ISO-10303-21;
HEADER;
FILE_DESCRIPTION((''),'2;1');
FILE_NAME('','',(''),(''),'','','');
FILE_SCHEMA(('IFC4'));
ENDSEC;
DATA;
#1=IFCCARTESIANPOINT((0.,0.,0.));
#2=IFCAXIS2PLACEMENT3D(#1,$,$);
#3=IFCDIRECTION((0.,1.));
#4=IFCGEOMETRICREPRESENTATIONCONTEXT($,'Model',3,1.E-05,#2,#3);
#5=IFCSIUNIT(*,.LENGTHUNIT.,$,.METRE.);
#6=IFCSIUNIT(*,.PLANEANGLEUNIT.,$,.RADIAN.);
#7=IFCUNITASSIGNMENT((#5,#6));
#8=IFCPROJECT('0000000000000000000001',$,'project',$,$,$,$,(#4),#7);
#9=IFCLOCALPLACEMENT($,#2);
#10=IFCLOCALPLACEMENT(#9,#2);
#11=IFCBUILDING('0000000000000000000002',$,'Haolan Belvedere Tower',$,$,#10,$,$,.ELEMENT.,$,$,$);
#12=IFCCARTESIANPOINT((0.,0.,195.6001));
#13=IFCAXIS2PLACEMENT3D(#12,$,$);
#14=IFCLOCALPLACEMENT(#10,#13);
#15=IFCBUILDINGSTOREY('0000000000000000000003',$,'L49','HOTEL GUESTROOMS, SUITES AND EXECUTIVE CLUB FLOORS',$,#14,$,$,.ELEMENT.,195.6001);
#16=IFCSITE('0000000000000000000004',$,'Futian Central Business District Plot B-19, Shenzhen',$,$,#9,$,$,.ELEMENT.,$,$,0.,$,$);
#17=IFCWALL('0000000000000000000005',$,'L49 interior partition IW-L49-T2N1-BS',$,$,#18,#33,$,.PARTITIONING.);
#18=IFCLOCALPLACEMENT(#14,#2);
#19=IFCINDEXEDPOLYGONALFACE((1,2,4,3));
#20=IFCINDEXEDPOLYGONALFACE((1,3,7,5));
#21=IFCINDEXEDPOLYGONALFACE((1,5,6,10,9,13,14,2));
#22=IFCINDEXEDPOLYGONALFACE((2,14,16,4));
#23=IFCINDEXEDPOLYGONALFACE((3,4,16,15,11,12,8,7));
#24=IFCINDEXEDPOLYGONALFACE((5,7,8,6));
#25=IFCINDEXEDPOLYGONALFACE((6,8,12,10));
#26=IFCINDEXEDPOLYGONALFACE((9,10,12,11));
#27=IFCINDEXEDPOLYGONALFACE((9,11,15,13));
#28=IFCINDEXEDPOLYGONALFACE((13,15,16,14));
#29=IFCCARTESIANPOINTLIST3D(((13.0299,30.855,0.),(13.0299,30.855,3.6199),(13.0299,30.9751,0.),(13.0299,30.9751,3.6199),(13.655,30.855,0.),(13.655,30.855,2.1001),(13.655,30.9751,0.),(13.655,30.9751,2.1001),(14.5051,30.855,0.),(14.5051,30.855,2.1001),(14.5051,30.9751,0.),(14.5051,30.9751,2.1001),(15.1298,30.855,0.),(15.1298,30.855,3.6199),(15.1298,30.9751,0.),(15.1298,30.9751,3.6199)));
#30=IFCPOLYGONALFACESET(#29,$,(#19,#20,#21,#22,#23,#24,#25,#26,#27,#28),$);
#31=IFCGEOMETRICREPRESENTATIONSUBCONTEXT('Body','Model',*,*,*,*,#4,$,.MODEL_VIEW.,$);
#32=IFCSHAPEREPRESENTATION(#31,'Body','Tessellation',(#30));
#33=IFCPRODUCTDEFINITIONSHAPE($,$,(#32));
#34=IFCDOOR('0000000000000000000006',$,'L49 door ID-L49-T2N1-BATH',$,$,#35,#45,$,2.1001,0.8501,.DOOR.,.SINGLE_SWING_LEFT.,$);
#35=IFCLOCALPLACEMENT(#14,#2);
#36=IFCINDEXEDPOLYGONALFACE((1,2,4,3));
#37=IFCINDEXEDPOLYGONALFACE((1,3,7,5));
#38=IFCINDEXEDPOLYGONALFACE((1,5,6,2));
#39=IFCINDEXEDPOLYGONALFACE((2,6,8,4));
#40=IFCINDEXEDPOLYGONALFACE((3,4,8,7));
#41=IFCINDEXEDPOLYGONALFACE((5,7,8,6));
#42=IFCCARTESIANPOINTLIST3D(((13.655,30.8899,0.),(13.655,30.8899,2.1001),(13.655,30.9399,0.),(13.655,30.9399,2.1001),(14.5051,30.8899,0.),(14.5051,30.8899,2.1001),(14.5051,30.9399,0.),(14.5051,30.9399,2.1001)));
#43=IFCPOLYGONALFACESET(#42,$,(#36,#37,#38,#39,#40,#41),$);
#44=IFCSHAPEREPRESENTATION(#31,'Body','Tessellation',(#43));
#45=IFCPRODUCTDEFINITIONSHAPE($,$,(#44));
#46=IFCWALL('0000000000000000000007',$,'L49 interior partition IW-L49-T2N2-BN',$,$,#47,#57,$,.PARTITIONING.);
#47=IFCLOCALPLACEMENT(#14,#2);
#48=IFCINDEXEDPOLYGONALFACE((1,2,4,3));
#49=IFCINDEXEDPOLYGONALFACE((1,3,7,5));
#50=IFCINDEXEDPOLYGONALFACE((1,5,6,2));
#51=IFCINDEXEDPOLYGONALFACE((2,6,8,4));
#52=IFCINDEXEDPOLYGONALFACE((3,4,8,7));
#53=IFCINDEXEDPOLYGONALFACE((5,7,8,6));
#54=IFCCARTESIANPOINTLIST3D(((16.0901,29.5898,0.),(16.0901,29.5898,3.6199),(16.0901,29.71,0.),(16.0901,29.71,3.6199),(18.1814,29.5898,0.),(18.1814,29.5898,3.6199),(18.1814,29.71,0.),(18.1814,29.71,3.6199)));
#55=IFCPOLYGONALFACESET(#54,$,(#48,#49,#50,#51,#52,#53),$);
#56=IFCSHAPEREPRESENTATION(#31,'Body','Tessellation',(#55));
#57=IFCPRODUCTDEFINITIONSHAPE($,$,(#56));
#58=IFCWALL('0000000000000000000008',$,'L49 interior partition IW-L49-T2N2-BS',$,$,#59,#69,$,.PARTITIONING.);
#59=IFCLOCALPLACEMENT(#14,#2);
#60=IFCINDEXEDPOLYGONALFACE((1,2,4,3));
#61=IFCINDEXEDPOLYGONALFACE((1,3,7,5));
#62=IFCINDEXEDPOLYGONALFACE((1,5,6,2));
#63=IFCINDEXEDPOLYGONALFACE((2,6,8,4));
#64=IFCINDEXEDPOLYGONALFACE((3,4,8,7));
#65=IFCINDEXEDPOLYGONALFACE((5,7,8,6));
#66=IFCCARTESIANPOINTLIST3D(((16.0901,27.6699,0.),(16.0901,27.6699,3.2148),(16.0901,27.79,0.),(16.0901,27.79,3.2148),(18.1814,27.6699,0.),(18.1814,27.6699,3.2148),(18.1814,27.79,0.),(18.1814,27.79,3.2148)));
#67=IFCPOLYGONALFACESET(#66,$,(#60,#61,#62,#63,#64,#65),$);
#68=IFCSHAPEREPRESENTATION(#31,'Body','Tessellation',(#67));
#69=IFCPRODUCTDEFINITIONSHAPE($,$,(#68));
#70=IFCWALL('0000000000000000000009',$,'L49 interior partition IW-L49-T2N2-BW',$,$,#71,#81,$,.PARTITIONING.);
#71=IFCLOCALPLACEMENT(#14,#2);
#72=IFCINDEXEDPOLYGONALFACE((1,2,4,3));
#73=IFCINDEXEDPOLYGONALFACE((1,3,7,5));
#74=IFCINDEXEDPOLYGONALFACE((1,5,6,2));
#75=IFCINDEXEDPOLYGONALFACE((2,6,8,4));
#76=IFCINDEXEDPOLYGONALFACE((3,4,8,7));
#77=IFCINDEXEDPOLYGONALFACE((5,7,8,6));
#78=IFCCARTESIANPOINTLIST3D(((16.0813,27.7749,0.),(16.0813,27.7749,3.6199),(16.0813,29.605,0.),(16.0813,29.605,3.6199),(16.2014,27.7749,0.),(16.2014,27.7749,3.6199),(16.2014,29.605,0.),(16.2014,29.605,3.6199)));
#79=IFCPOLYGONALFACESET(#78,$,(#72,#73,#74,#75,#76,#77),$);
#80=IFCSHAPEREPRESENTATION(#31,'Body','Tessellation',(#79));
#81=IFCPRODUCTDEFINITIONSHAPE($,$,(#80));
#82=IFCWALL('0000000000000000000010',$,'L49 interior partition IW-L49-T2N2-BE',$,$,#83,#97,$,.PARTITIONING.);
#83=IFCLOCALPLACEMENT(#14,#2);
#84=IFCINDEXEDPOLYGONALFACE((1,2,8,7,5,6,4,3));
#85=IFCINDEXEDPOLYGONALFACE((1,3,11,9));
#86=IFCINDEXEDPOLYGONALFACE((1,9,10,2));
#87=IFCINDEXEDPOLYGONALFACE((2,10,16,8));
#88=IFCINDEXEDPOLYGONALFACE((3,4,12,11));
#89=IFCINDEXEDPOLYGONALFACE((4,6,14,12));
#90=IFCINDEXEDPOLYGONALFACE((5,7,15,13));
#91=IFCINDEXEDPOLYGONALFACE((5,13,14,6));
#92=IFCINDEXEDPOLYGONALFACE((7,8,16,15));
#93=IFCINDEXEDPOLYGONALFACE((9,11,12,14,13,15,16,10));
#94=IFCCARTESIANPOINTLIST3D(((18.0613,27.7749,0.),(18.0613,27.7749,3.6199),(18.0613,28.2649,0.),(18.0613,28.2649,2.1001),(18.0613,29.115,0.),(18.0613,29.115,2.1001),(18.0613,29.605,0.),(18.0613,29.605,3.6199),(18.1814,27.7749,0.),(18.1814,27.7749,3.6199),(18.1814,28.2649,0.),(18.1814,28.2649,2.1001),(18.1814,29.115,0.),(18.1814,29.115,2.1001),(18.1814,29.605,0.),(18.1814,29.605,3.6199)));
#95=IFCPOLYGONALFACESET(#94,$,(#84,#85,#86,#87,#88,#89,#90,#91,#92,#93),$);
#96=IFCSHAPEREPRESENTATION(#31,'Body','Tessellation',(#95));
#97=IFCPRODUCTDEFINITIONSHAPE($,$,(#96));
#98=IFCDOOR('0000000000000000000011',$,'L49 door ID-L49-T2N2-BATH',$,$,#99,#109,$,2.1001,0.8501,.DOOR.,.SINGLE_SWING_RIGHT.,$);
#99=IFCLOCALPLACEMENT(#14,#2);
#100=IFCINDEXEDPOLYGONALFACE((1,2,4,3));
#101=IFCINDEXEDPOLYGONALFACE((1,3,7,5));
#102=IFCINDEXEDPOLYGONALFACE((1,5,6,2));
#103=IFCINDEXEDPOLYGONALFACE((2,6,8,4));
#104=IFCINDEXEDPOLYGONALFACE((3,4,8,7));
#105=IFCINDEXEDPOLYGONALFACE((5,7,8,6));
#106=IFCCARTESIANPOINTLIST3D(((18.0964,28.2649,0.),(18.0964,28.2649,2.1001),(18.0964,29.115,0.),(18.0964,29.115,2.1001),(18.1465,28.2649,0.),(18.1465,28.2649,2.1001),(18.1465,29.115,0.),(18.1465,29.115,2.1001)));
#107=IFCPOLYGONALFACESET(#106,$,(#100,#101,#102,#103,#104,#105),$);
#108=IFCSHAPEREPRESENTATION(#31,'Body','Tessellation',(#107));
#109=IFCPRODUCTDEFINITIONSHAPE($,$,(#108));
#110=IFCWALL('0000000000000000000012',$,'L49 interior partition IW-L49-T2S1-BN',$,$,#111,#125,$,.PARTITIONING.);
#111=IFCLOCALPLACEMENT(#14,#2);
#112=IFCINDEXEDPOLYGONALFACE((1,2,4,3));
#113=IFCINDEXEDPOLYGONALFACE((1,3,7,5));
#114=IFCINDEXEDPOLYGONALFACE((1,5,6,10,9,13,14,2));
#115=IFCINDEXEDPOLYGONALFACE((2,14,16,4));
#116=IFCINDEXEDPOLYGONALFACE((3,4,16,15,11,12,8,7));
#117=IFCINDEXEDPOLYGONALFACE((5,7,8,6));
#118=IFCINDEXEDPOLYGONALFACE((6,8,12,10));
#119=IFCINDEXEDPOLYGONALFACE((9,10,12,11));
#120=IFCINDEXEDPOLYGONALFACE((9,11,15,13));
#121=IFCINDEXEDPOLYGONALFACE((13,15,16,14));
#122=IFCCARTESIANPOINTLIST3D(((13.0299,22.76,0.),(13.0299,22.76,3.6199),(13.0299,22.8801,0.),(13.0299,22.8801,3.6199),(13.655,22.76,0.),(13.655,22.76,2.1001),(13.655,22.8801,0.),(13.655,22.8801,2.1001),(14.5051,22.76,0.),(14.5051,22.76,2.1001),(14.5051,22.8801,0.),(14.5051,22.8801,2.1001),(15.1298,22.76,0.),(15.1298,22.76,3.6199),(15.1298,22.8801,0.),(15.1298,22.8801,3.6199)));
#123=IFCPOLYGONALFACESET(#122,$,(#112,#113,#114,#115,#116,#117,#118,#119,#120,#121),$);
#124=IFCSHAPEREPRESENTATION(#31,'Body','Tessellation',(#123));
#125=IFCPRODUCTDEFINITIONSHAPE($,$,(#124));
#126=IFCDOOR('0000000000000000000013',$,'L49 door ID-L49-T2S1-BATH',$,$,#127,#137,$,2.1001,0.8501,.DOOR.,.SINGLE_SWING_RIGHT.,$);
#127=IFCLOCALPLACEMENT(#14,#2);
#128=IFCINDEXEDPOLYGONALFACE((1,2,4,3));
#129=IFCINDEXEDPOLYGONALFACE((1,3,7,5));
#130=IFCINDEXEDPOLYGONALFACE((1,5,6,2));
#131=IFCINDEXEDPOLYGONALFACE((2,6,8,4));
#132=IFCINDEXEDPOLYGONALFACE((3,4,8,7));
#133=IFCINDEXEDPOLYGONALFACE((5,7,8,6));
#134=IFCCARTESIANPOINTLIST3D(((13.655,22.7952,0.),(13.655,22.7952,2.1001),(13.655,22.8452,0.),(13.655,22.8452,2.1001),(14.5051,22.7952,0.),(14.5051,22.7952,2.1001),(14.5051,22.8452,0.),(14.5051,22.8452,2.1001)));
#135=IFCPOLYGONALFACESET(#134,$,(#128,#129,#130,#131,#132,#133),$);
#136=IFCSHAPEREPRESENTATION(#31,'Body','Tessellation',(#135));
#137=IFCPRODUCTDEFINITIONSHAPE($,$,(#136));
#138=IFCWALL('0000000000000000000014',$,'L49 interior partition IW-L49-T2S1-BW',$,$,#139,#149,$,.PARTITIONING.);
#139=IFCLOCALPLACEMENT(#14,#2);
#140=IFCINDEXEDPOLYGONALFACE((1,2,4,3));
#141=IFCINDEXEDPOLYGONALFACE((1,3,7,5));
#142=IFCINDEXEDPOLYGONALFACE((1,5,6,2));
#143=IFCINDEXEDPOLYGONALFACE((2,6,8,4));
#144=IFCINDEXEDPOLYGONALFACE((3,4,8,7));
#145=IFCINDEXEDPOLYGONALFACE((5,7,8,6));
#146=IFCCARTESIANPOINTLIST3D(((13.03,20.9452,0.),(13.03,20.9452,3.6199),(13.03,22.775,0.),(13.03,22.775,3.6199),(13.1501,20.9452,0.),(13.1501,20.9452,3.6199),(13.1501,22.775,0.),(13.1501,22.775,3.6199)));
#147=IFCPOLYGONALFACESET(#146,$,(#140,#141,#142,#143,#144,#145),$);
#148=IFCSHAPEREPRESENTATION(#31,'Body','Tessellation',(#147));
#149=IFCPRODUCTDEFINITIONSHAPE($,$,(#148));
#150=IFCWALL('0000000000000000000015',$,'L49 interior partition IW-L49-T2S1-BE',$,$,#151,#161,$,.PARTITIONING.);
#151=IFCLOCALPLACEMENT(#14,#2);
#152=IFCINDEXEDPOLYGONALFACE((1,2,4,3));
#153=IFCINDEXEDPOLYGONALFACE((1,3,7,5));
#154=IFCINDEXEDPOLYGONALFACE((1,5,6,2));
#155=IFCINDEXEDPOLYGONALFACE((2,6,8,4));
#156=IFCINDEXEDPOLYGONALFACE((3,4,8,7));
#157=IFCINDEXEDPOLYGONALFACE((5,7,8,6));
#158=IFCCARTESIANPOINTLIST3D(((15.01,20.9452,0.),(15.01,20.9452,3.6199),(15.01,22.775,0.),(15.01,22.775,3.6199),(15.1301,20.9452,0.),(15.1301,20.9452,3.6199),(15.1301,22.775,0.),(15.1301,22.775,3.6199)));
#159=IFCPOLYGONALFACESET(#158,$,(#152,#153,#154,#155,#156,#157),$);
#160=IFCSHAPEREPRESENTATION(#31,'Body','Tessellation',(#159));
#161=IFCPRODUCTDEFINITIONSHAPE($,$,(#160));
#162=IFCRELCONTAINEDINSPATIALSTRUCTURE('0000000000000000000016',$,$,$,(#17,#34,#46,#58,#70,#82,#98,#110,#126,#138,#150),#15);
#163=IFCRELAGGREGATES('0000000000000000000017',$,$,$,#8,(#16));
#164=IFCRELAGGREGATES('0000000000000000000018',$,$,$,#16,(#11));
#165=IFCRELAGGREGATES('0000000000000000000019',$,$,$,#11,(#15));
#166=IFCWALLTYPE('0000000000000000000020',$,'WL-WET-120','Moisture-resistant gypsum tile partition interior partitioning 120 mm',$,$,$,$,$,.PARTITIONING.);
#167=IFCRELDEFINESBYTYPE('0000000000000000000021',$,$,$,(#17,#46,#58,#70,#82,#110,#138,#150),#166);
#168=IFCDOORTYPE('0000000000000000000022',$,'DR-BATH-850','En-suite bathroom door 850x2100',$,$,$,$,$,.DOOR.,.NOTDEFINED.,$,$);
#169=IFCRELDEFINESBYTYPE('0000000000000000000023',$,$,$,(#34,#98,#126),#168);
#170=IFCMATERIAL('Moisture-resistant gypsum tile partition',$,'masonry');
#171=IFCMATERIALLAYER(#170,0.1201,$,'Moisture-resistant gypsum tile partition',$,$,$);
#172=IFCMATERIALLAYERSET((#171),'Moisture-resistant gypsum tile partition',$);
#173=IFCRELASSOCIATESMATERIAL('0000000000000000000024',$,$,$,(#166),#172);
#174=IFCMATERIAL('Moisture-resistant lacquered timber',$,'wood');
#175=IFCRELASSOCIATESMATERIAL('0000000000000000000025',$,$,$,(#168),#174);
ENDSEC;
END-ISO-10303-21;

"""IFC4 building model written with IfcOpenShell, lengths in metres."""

from ifc_helpers import new_model, si_unit, direction, frame, frame_2d, origin, place, context, subcontext, project, spatial, rectangle, extrude, material, layer, layer_set, type_object, element, fill, save


model = new_model("IFC4")

# Units and contexts
model_context = context("Model", 3, precision=1e-05, world=origin(), true_north=direction((0.0, 1.0)))
body_context = subcontext(model_context, "Body", "Model", "MODEL_VIEW")
ifc_project = project(units=[si_unit("LENGTHUNIT", "METRE"), si_unit("PLANEANGLEUNIT", "RADIAN")], contexts=[model_context])

# Site, building, storey
site_placement = place(None, origin())
site = spatial("IfcSite", under=ifc_project, at=site_placement, Name="Futian Central Business District Plot B-19, Shenzhen", CompositionType="ELEMENT", RefElevation=0.0)
building_placement = place(site_placement, origin())
building = spatial("IfcBuilding", under=site, at=building_placement, Name="Haolan Belvedere Tower", CompositionType="ELEMENT")
storey_placement = place(building_placement, frame((0.0, 0.0, 195.6001)))
storey = spatial("IfcBuildingStorey", under=building, at=storey_placement, Name="L49", Description="HOTEL GUESTROOMS, SUITES AND EXECUTIVE CLUB FLOORS", CompositionType="ELEMENT", Elevation=195.6001)

# Wall, opening, door
ifc_material_1 = material(Name="Moisture-resistant gypsum tile partition", Category="masonry")
ifc_layer_1 = layer(ifc_material_1, 0.1201, Name="Moisture-resistant gypsum tile partition")
ifc_layer_set_1 = layer_set([ifc_layer_1], Name="Moisture-resistant gypsum tile partition")
wall_type_1 = type_object("IfcWallType", Name="WL-WET-120", Description="Moisture-resistant gypsum tile partition interior partitioning 120 mm", PredefinedType="PARTITIONING", material=ifc_layer_set_1)
wall_1_placement = place(storey_placement, frame((13.03, 30.915, 0.0), z_axis=(0.0, 0.0, 1.0), x_axis=(1.0, 0.0, 0.0)))
wall_1 = element("IfcWall", 1, at=wall_1_placement, inside=storey, type_object=wall_type_1, Name="L49 interior partition IW-L49-T2N1-BS", PredefinedType="PARTITIONING", context=body_context, shape_type="SweptSolid", body=[
    extrude(rectangle(XDim=2.0999, YDim=0.1201, at=frame_2d((1.0498, 0.0))), origin(), (0.0, 0.0, 1.0), 3.6199),
])
opening_1_placement = place(wall_1_placement, frame((0.625, 0.0, 0.0)))
opening_1 = element("IfcOpeningElement", 2, at=opening_1_placement, cuts=wall_1, PredefinedType="OPENING", context=body_context, shape_type="SweptSolid", body=[
    extrude(rectangle(XDim=0.8501, YDim=2.1001, at=frame_2d((0.425, 1.05))), frame((0.0, 0.0701, 0.0), z_axis=(0.0, -1.0, 0.0), x_axis=(1.0, 0.0, 0.0)), (0.0, 0.0, 1.0), 0.1401),
])
ifc_material_2 = material(Name="Moisture-resistant lacquered timber", Category="wood")
door_type_1 = type_object("IfcDoorType", Name="DR-BATH-850", Description="En-suite bathroom door 850x2100", OperationType="NOTDEFINED", PredefinedType="DOOR", material=ifc_material_2)
door_1_placement = place(opening_1_placement, origin())
door_1 = element("IfcDoor", 3, at=door_1_placement, inside=storey, type_object=door_type_1, Name="L49 door ID-L49-T2N1-BATH", OperationType="SINGLE_SWING_LEFT", OverallHeight=2.1001, OverallWidth=0.8501, PredefinedType="DOOR", context=body_context, shape_type="SweptSolid", body=[
    extrude(rectangle(XDim=0.8501, YDim=2.1001, at=frame_2d((0.425, 1.05))), frame((0.0, 0.0249, 0.0), z_axis=(0.0, -1.0, 0.0), x_axis=(1.0, 0.0, 0.0)), (0.0, 0.0, 1.0), 0.05),
])
fill(opening_1, door_1)

# Walls
wall_2_placement = place(storey_placement, frame((16.0901, 29.6499, 0.0), z_axis=(0.0, 0.0, 1.0), x_axis=(1.0, 0.0, 0.0)))
element("IfcWall", 4, at=wall_2_placement, inside=storey, type_object=wall_type_1, Name="L49 interior partition IW-L49-T2N2-BN", PredefinedType="PARTITIONING", context=body_context, shape_type="SweptSolid", body=[
    extrude(rectangle(XDim=2.0913, YDim=0.1201, at=frame_2d((1.0457, 0.0))), origin(), (0.0, 0.0, 1.0), 3.6199),
])
wall_3_placement = place(storey_placement, frame((16.0901, 27.73, 0.0), z_axis=(0.0, 0.0, 1.0), x_axis=(1.0, 0.0, 0.0)))
element("IfcWall", 5, at=wall_3_placement, inside=storey, type_object=wall_type_1, Name="L49 interior partition IW-L49-T2N2-BS", PredefinedType="PARTITIONING", context=body_context, shape_type="SweptSolid", body=[
    extrude(rectangle(XDim=2.0913, YDim=0.1201, at=frame_2d((1.0457, 0.0))), origin(), (0.0, 0.0, 1.0), 3.2148),
])
wall_4_placement = place(storey_placement, frame((16.1414, 27.7749, 0.0), z_axis=(0.0, 0.0, 1.0), x_axis=(0.0, 1.0, 0.0)))
element("IfcWall", 6, at=wall_4_placement, inside=storey, type_object=wall_type_1, Name="L49 interior partition IW-L49-T2N2-BW", PredefinedType="PARTITIONING", context=body_context, shape_type="SweptSolid", body=[
    extrude(rectangle(XDim=1.8301, YDim=0.1201, at=frame_2d((0.915, 0.0))), origin(), (0.0, 0.0, 1.0), 3.6199),
])

# Walls, openings, doors
wall_5_placement = place(storey_placement, frame((18.1213, 27.7749, 0.0), z_axis=(0.0, 0.0, 1.0), x_axis=(0.0, 1.0, 0.0)))
wall_5 = element("IfcWall", 7, at=wall_5_placement, inside=storey, type_object=wall_type_1, Name="L49 interior partition IW-L49-T2N2-BE", PredefinedType="PARTITIONING", context=body_context, shape_type="SweptSolid", body=[
    extrude(rectangle(XDim=1.8301, YDim=0.1201, at=frame_2d((0.915, 0.0))), origin(), (0.0, 0.0, 1.0), 3.6199),
])
opening_2_placement = place(wall_5_placement, frame((0.49, 0.0, 0.0)))
opening_2 = element("IfcOpeningElement", 8, at=opening_2_placement, cuts=wall_5, PredefinedType="OPENING", context=body_context, shape_type="SweptSolid", body=[
    extrude(rectangle(XDim=0.8501, YDim=2.1001, at=frame_2d((0.425, 1.05))), frame((0.0, 0.0701, 0.0), z_axis=(0.0, -1.0, 0.0), x_axis=(1.0, 0.0, 0.0)), (0.0, 0.0, 1.0), 0.1401),
])
door_2_placement = place(opening_2_placement, origin())
door_2 = element("IfcDoor", 9, at=door_2_placement, inside=storey, type_object=door_type_1, Name="L49 door ID-L49-T2N2-BATH", OperationType="SINGLE_SWING_RIGHT", OverallHeight=2.1001, OverallWidth=0.8501, PredefinedType="DOOR", context=body_context, shape_type="SweptSolid", body=[
    extrude(rectangle(XDim=0.8501, YDim=2.1001, at=frame_2d((0.425, 1.05))), frame((0.0, 0.0249, 0.0), z_axis=(0.0, -1.0, 0.0), x_axis=(1.0, 0.0, 0.0)), (0.0, 0.0, 1.0), 0.05),
])
fill(opening_2, door_2)
wall_6_placement = place(storey_placement, frame((13.03, 22.8201, 0.0), z_axis=(0.0, 0.0, 1.0), x_axis=(1.0, 0.0, 0.0)))
wall_6 = element("IfcWall", 10, at=wall_6_placement, inside=storey, type_object=wall_type_1, Name="L49 interior partition IW-L49-T2S1-BN", PredefinedType="PARTITIONING", context=body_context, shape_type="SweptSolid", body=[
    extrude(rectangle(XDim=2.0999, YDim=0.1201, at=frame_2d((1.0498, 0.0))), origin(), (0.0, 0.0, 1.0), 3.6199),
])
opening_3_placement = place(wall_6_placement, frame((1.4751, 0.0, 0.0), z_axis=(0.0, 0.0, 1.0), x_axis=(-1.0, 0.0, 0.0)))
opening_3 = element("IfcOpeningElement", 11, at=opening_3_placement, cuts=wall_6, PredefinedType="OPENING", context=body_context, shape_type="SweptSolid", body=[
    extrude(rectangle(XDim=0.8501, YDim=2.1001, at=frame_2d((0.425, 1.05))), frame((0.0, 0.0701, 0.0), z_axis=(0.0, -1.0, 0.0), x_axis=(1.0, 0.0, 0.0)), (0.0, 0.0, 1.0), 0.1401),
])
door_3_placement = place(opening_3_placement, origin())
door_3 = element("IfcDoor", 12, at=door_3_placement, inside=storey, type_object=door_type_1, Name="L49 door ID-L49-T2S1-BATH", OperationType="SINGLE_SWING_RIGHT", OverallHeight=2.1001, OverallWidth=0.8501, PredefinedType="DOOR", context=body_context, shape_type="SweptSolid", body=[
    extrude(rectangle(XDim=0.8501, YDim=2.1001, at=frame_2d((0.425, 1.05))), frame((0.0, 0.0249, 0.0), z_axis=(0.0, -1.0, 0.0), x_axis=(1.0, 0.0, 0.0)), (0.0, 0.0, 1.0), 0.05),
])
fill(opening_3, door_3)

# Walls
for number, where, z_axis, x_axis, name in (
    (13, (13.0901, 20.9451, 0.0), (0.0, 0.0, 1.0), (0.0, 1.0, 0.0), "L49 interior partition IW-L49-T2S1-BW"),
    (14, (15.0701, 20.9451, 0.0), (0.0, 0.0, 1.0), (0.0, 1.0, 0.0), "L49 interior partition IW-L49-T2S1-BE"),
):
    element("IfcWall", number, at=place(storey_placement, frame(where, z_axis=z_axis, x_axis=x_axis)), inside=storey, type_object=wall_type_1, Name=name, PredefinedType="PARTITIONING", context=body_context, shape_type="SweptSolid", body=[
        extrude(rectangle(XDim=1.8298, YDim=0.1201, at=frame_2d((0.915, 0.0))), origin(), (0.0, 0.0, 1.0), 3.6199),
    ])

save(model, "model.ifc")
